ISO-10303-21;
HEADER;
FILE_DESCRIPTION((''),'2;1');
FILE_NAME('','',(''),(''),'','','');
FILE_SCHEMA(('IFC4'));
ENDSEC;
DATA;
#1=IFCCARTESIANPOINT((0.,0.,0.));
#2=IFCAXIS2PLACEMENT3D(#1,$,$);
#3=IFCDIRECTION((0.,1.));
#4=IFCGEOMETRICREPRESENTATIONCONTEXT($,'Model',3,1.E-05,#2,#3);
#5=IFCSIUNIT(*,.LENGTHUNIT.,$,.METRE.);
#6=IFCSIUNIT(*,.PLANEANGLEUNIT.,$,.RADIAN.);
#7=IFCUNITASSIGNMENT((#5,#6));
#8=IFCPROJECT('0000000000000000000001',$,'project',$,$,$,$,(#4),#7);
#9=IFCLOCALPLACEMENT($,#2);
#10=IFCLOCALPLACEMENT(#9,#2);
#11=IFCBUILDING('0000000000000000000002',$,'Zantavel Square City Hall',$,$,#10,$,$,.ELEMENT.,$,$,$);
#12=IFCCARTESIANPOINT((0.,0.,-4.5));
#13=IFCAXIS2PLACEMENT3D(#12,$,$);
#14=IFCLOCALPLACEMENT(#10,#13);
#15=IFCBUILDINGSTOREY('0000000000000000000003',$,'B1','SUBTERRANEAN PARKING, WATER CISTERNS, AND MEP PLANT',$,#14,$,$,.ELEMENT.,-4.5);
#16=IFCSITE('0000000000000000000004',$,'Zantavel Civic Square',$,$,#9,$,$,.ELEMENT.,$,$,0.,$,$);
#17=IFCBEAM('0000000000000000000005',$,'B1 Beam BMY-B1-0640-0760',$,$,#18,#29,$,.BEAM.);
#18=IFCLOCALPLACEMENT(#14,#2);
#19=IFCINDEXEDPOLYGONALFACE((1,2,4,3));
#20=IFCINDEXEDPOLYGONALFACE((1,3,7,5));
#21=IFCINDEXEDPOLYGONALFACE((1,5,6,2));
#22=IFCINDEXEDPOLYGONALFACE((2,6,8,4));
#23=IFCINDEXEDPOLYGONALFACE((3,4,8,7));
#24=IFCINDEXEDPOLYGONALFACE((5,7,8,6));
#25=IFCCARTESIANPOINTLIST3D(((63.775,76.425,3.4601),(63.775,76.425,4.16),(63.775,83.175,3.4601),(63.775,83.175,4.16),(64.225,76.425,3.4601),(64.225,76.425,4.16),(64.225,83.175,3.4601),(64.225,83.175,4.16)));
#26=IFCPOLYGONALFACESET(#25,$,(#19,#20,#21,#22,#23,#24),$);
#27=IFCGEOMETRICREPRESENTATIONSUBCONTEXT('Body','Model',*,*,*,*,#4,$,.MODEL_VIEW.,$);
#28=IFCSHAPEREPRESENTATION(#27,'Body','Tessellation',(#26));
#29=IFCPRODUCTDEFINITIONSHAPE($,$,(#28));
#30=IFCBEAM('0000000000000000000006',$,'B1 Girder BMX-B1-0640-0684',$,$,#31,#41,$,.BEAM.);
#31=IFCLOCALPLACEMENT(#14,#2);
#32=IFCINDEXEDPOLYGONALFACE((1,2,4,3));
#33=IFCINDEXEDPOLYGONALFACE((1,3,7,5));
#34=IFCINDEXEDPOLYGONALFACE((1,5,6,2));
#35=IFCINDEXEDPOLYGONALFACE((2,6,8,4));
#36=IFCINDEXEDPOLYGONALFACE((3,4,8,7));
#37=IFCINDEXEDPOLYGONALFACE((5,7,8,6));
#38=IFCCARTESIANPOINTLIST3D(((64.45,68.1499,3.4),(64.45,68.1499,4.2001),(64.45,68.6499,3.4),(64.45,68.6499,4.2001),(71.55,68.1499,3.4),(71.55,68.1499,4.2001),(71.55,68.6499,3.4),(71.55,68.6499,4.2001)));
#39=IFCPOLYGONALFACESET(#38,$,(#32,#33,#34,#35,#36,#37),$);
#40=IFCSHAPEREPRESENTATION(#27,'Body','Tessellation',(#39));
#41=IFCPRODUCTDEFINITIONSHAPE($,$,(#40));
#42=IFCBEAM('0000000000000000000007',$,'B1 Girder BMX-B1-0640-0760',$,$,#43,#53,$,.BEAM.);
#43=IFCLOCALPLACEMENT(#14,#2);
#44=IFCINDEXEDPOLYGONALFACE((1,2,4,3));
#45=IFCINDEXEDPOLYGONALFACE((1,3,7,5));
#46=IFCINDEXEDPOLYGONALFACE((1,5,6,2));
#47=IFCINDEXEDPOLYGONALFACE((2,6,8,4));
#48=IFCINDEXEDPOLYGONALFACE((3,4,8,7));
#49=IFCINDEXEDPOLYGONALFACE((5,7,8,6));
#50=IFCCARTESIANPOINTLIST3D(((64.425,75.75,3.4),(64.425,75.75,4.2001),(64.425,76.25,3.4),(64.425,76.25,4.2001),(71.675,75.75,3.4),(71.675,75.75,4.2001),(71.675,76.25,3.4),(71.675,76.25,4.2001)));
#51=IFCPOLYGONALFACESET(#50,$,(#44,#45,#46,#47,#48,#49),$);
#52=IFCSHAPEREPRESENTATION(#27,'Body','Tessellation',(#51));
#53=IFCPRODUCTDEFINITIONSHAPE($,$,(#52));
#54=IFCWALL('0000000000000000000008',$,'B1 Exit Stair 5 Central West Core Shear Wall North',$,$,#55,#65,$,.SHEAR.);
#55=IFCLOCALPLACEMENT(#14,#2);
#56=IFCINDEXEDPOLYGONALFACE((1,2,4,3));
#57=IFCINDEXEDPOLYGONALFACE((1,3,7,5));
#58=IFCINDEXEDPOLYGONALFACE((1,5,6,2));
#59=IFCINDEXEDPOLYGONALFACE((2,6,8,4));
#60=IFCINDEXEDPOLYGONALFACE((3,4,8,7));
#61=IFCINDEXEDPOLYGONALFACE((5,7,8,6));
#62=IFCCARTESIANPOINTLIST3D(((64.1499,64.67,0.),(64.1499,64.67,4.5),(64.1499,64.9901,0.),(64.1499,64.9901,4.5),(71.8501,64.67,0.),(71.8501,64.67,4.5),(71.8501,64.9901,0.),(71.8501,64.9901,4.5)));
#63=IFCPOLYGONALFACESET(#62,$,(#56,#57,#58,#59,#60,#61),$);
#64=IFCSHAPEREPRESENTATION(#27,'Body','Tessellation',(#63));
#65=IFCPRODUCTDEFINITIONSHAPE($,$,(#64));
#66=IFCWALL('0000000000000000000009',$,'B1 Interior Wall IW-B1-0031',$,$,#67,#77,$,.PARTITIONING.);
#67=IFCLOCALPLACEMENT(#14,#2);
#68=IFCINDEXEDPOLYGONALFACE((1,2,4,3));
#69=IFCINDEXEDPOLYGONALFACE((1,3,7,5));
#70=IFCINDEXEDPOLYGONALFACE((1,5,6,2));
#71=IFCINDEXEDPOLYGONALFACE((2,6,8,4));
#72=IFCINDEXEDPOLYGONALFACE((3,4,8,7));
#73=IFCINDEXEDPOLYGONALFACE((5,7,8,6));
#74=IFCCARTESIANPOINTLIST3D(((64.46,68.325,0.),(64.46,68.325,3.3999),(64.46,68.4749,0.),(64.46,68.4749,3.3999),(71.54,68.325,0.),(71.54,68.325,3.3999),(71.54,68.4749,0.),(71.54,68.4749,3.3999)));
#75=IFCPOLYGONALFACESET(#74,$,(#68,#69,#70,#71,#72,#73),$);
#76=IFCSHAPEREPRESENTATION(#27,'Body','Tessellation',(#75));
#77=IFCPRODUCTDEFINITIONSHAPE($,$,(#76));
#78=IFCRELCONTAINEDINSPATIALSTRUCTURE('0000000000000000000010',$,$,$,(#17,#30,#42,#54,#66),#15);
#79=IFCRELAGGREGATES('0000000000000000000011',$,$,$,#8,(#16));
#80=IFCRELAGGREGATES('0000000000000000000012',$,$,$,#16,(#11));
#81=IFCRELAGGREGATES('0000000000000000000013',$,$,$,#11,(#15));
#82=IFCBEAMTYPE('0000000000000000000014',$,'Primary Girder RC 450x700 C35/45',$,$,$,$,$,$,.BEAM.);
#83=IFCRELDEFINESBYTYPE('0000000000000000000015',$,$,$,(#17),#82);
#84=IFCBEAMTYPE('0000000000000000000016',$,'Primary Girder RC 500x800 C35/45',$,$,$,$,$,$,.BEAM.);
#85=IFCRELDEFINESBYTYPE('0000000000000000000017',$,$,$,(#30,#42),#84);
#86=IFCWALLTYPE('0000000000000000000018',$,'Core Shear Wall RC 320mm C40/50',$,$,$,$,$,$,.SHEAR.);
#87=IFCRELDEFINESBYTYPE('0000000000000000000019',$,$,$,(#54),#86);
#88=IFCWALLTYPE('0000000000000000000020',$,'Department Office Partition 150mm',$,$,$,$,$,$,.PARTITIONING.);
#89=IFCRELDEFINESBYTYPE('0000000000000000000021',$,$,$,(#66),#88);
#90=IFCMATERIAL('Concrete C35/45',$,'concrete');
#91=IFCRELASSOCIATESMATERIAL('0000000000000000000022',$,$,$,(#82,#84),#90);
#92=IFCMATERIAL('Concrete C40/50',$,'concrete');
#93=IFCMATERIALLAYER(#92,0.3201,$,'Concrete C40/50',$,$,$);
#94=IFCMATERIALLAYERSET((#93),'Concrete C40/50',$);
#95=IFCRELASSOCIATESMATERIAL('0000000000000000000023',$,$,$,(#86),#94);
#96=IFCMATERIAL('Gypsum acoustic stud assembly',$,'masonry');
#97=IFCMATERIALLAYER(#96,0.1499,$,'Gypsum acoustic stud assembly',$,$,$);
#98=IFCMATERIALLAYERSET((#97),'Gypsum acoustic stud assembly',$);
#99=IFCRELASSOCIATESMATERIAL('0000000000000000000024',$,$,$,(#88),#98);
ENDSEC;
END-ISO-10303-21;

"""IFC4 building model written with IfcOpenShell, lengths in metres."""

from ifc_helpers import new_model, si_unit, direction, frame, frame_2d, origin, origin_2d, place, context, subcontext, project, spatial, rectangle, extrude, material, layer, layer_set, material_profile, profile_set, type_object, element, save


model = new_model("IFC4")

# Units and contexts
model_context = context("Model", 3, precision=1e-05, world=origin(), true_north=direction((0.0, 1.0)))
body_context = subcontext(model_context, "Body", "Model", "MODEL_VIEW")
ifc_project = project(units=[si_unit("LENGTHUNIT", "METRE"), si_unit("PLANEANGLEUNIT", "RADIAN")], contexts=[model_context])

# Site, building, storey
site_placement = place(None, origin())
site = spatial("IfcSite", under=ifc_project, at=site_placement, Name="Zantavel Civic Square", CompositionType="ELEMENT", RefElevation=0.0)
building_placement = place(site_placement, origin())
building = spatial("IfcBuilding", under=site, at=building_placement, Name="Zantavel Square City Hall", CompositionType="ELEMENT")
storey_placement = place(building_placement, frame((0.0, 0.0, -4.5)))
storey = spatial("IfcBuildingStorey", under=building, at=storey_placement, Name="B1", Description="SUBTERRANEAN PARKING, WATER CISTERNS, AND MEP PLANT", CompositionType="ELEMENT", Elevation=-4.5)

# Shared definitions
ifc_material_1 = material(Name="Concrete C35/45", Category="concrete")

# Shared definitions
ifc_material_2 = material(Name="Concrete C40/50", Category="concrete")

# Beams
ifc_material_profile_1 = material_profile(ifc_material_1, rectangle(XDim=0.45, YDim=0.7, at=origin_2d()), Name="RC 450x700")
ifc_profile_set_1 = profile_set([ifc_material_profile_1], Name="Concrete C35/45")
beam_type_1 = type_object("IfcBeamType", Name="Primary Girder RC 450x700 C35/45", PredefinedType="BEAM", material=ifc_profile_set_1)
beam_1_placement = place(storey_placement, frame((64.0, 76.425, 3.8101), z_axis=(0.0, 1.0, 0.0), x_axis=(-1.0, 0.0, 0.0)))
element("IfcBeam", 1, at=beam_1_placement, inside=storey, type_object=beam_type_1, Name="B1 Beam BMY-B1-0640-0760", PredefinedType="BEAM", context=body_context, shape_type="SweptSolid", body=[
    extrude(rectangle(XDim=0.45, YDim=0.7, at=origin_2d()), origin(), (0.0, 0.0, 1.0), 6.75),
])
ifc_material_profile_2 = material_profile(ifc_material_1, rectangle(XDim=0.5, YDim=0.8, at=origin_2d()), Name="RC 500x800")
ifc_profile_set_2 = profile_set([ifc_material_profile_2], Name="Concrete C35/45")
beam_type_2 = type_object("IfcBeamType", Name="Primary Girder RC 500x800 C35/45", PredefinedType="BEAM", material=ifc_profile_set_2)
beam_2_placement = place(storey_placement, frame((64.45, 68.3999, 3.8), z_axis=(1.0, 0.0, 0.0), x_axis=(0.0, 1.0, 0.0)))
element("IfcBeam", 2, at=beam_2_placement, inside=storey, type_object=beam_type_2, Name="B1 Girder BMX-B1-0640-0684", PredefinedType="BEAM", context=body_context, shape_type="SweptSolid", body=[
    extrude(rectangle(XDim=0.5, YDim=0.8, at=origin_2d()), origin(), (0.0, 0.0, 1.0), 7.1001),
])
beam_3_placement = place(storey_placement, frame((64.425, 76.0, 3.8), z_axis=(1.0, 0.0, 0.0), x_axis=(0.0, 1.0, 0.0)))
element("IfcBeam", 3, at=beam_3_placement, inside=storey, type_object=beam_type_2, Name="B1 Girder BMX-B1-0640-0760", PredefinedType="BEAM", context=body_context, shape_type="SweptSolid", body=[
    extrude(rectangle(XDim=0.5, YDim=0.8, at=origin_2d()), origin(), (0.0, 0.0, 1.0), 7.25),
])

# Walls
ifc_layer_1 = layer(ifc_material_2, 0.3201, Name="Concrete C40/50")
ifc_layer_set_1 = layer_set([ifc_layer_1], Name="Concrete C40/50")
wall_type_1 = type_object("IfcWallType", Name="Core Shear Wall RC 320mm C40/50", PredefinedType="SHEAR", material=ifc_layer_set_1)
wall_1_placement = place(storey_placement, frame((64.1499, 64.8301, 0.0), z_axis=(0.0, 0.0, 1.0), x_axis=(1.0, 0.0, 0.0)))
element("IfcWall", 4, at=wall_1_placement, inside=storey, type_object=wall_type_1, Name="B1 Exit Stair 5 Central West Core Shear Wall North", PredefinedType="SHEAR", context=body_context, shape_type="SweptSolid", body=[
    extrude(rectangle(XDim=7.7002, YDim=0.3201, at=frame_2d((3.8501, 0.0))), origin(), (0.0, 0.0, 1.0), 4.5),
])
ifc_material_3 = material(Name="Gypsum acoustic stud assembly", Category="masonry")
ifc_layer_2 = layer(ifc_material_3, 0.1499, Name="Gypsum acoustic stud assembly")
ifc_layer_set_2 = layer_set([ifc_layer_2], Name="Gypsum acoustic stud assembly")
wall_type_2 = type_object("IfcWallType", Name="Department Office Partition 150mm", PredefinedType="PARTITIONING", material=ifc_layer_set_2)
wall_2_placement = place(storey_placement, frame((64.46, 68.3999, 0.0), z_axis=(0.0, 0.0, 1.0), x_axis=(1.0, 0.0, 0.0)))
element("IfcWall", 5, at=wall_2_placement, inside=storey, type_object=wall_type_2, Name="B1 Interior Wall IW-B1-0031", PredefinedType="PARTITIONING", context=body_context, shape_type="SweptSolid", body=[
    extrude(rectangle(XDim=7.0801, YDim=0.1499, at=frame_2d((3.54, 0.0))), origin(), (0.0, 0.0, 1.0), 3.3999),
])

save(model, "model.ifc")
